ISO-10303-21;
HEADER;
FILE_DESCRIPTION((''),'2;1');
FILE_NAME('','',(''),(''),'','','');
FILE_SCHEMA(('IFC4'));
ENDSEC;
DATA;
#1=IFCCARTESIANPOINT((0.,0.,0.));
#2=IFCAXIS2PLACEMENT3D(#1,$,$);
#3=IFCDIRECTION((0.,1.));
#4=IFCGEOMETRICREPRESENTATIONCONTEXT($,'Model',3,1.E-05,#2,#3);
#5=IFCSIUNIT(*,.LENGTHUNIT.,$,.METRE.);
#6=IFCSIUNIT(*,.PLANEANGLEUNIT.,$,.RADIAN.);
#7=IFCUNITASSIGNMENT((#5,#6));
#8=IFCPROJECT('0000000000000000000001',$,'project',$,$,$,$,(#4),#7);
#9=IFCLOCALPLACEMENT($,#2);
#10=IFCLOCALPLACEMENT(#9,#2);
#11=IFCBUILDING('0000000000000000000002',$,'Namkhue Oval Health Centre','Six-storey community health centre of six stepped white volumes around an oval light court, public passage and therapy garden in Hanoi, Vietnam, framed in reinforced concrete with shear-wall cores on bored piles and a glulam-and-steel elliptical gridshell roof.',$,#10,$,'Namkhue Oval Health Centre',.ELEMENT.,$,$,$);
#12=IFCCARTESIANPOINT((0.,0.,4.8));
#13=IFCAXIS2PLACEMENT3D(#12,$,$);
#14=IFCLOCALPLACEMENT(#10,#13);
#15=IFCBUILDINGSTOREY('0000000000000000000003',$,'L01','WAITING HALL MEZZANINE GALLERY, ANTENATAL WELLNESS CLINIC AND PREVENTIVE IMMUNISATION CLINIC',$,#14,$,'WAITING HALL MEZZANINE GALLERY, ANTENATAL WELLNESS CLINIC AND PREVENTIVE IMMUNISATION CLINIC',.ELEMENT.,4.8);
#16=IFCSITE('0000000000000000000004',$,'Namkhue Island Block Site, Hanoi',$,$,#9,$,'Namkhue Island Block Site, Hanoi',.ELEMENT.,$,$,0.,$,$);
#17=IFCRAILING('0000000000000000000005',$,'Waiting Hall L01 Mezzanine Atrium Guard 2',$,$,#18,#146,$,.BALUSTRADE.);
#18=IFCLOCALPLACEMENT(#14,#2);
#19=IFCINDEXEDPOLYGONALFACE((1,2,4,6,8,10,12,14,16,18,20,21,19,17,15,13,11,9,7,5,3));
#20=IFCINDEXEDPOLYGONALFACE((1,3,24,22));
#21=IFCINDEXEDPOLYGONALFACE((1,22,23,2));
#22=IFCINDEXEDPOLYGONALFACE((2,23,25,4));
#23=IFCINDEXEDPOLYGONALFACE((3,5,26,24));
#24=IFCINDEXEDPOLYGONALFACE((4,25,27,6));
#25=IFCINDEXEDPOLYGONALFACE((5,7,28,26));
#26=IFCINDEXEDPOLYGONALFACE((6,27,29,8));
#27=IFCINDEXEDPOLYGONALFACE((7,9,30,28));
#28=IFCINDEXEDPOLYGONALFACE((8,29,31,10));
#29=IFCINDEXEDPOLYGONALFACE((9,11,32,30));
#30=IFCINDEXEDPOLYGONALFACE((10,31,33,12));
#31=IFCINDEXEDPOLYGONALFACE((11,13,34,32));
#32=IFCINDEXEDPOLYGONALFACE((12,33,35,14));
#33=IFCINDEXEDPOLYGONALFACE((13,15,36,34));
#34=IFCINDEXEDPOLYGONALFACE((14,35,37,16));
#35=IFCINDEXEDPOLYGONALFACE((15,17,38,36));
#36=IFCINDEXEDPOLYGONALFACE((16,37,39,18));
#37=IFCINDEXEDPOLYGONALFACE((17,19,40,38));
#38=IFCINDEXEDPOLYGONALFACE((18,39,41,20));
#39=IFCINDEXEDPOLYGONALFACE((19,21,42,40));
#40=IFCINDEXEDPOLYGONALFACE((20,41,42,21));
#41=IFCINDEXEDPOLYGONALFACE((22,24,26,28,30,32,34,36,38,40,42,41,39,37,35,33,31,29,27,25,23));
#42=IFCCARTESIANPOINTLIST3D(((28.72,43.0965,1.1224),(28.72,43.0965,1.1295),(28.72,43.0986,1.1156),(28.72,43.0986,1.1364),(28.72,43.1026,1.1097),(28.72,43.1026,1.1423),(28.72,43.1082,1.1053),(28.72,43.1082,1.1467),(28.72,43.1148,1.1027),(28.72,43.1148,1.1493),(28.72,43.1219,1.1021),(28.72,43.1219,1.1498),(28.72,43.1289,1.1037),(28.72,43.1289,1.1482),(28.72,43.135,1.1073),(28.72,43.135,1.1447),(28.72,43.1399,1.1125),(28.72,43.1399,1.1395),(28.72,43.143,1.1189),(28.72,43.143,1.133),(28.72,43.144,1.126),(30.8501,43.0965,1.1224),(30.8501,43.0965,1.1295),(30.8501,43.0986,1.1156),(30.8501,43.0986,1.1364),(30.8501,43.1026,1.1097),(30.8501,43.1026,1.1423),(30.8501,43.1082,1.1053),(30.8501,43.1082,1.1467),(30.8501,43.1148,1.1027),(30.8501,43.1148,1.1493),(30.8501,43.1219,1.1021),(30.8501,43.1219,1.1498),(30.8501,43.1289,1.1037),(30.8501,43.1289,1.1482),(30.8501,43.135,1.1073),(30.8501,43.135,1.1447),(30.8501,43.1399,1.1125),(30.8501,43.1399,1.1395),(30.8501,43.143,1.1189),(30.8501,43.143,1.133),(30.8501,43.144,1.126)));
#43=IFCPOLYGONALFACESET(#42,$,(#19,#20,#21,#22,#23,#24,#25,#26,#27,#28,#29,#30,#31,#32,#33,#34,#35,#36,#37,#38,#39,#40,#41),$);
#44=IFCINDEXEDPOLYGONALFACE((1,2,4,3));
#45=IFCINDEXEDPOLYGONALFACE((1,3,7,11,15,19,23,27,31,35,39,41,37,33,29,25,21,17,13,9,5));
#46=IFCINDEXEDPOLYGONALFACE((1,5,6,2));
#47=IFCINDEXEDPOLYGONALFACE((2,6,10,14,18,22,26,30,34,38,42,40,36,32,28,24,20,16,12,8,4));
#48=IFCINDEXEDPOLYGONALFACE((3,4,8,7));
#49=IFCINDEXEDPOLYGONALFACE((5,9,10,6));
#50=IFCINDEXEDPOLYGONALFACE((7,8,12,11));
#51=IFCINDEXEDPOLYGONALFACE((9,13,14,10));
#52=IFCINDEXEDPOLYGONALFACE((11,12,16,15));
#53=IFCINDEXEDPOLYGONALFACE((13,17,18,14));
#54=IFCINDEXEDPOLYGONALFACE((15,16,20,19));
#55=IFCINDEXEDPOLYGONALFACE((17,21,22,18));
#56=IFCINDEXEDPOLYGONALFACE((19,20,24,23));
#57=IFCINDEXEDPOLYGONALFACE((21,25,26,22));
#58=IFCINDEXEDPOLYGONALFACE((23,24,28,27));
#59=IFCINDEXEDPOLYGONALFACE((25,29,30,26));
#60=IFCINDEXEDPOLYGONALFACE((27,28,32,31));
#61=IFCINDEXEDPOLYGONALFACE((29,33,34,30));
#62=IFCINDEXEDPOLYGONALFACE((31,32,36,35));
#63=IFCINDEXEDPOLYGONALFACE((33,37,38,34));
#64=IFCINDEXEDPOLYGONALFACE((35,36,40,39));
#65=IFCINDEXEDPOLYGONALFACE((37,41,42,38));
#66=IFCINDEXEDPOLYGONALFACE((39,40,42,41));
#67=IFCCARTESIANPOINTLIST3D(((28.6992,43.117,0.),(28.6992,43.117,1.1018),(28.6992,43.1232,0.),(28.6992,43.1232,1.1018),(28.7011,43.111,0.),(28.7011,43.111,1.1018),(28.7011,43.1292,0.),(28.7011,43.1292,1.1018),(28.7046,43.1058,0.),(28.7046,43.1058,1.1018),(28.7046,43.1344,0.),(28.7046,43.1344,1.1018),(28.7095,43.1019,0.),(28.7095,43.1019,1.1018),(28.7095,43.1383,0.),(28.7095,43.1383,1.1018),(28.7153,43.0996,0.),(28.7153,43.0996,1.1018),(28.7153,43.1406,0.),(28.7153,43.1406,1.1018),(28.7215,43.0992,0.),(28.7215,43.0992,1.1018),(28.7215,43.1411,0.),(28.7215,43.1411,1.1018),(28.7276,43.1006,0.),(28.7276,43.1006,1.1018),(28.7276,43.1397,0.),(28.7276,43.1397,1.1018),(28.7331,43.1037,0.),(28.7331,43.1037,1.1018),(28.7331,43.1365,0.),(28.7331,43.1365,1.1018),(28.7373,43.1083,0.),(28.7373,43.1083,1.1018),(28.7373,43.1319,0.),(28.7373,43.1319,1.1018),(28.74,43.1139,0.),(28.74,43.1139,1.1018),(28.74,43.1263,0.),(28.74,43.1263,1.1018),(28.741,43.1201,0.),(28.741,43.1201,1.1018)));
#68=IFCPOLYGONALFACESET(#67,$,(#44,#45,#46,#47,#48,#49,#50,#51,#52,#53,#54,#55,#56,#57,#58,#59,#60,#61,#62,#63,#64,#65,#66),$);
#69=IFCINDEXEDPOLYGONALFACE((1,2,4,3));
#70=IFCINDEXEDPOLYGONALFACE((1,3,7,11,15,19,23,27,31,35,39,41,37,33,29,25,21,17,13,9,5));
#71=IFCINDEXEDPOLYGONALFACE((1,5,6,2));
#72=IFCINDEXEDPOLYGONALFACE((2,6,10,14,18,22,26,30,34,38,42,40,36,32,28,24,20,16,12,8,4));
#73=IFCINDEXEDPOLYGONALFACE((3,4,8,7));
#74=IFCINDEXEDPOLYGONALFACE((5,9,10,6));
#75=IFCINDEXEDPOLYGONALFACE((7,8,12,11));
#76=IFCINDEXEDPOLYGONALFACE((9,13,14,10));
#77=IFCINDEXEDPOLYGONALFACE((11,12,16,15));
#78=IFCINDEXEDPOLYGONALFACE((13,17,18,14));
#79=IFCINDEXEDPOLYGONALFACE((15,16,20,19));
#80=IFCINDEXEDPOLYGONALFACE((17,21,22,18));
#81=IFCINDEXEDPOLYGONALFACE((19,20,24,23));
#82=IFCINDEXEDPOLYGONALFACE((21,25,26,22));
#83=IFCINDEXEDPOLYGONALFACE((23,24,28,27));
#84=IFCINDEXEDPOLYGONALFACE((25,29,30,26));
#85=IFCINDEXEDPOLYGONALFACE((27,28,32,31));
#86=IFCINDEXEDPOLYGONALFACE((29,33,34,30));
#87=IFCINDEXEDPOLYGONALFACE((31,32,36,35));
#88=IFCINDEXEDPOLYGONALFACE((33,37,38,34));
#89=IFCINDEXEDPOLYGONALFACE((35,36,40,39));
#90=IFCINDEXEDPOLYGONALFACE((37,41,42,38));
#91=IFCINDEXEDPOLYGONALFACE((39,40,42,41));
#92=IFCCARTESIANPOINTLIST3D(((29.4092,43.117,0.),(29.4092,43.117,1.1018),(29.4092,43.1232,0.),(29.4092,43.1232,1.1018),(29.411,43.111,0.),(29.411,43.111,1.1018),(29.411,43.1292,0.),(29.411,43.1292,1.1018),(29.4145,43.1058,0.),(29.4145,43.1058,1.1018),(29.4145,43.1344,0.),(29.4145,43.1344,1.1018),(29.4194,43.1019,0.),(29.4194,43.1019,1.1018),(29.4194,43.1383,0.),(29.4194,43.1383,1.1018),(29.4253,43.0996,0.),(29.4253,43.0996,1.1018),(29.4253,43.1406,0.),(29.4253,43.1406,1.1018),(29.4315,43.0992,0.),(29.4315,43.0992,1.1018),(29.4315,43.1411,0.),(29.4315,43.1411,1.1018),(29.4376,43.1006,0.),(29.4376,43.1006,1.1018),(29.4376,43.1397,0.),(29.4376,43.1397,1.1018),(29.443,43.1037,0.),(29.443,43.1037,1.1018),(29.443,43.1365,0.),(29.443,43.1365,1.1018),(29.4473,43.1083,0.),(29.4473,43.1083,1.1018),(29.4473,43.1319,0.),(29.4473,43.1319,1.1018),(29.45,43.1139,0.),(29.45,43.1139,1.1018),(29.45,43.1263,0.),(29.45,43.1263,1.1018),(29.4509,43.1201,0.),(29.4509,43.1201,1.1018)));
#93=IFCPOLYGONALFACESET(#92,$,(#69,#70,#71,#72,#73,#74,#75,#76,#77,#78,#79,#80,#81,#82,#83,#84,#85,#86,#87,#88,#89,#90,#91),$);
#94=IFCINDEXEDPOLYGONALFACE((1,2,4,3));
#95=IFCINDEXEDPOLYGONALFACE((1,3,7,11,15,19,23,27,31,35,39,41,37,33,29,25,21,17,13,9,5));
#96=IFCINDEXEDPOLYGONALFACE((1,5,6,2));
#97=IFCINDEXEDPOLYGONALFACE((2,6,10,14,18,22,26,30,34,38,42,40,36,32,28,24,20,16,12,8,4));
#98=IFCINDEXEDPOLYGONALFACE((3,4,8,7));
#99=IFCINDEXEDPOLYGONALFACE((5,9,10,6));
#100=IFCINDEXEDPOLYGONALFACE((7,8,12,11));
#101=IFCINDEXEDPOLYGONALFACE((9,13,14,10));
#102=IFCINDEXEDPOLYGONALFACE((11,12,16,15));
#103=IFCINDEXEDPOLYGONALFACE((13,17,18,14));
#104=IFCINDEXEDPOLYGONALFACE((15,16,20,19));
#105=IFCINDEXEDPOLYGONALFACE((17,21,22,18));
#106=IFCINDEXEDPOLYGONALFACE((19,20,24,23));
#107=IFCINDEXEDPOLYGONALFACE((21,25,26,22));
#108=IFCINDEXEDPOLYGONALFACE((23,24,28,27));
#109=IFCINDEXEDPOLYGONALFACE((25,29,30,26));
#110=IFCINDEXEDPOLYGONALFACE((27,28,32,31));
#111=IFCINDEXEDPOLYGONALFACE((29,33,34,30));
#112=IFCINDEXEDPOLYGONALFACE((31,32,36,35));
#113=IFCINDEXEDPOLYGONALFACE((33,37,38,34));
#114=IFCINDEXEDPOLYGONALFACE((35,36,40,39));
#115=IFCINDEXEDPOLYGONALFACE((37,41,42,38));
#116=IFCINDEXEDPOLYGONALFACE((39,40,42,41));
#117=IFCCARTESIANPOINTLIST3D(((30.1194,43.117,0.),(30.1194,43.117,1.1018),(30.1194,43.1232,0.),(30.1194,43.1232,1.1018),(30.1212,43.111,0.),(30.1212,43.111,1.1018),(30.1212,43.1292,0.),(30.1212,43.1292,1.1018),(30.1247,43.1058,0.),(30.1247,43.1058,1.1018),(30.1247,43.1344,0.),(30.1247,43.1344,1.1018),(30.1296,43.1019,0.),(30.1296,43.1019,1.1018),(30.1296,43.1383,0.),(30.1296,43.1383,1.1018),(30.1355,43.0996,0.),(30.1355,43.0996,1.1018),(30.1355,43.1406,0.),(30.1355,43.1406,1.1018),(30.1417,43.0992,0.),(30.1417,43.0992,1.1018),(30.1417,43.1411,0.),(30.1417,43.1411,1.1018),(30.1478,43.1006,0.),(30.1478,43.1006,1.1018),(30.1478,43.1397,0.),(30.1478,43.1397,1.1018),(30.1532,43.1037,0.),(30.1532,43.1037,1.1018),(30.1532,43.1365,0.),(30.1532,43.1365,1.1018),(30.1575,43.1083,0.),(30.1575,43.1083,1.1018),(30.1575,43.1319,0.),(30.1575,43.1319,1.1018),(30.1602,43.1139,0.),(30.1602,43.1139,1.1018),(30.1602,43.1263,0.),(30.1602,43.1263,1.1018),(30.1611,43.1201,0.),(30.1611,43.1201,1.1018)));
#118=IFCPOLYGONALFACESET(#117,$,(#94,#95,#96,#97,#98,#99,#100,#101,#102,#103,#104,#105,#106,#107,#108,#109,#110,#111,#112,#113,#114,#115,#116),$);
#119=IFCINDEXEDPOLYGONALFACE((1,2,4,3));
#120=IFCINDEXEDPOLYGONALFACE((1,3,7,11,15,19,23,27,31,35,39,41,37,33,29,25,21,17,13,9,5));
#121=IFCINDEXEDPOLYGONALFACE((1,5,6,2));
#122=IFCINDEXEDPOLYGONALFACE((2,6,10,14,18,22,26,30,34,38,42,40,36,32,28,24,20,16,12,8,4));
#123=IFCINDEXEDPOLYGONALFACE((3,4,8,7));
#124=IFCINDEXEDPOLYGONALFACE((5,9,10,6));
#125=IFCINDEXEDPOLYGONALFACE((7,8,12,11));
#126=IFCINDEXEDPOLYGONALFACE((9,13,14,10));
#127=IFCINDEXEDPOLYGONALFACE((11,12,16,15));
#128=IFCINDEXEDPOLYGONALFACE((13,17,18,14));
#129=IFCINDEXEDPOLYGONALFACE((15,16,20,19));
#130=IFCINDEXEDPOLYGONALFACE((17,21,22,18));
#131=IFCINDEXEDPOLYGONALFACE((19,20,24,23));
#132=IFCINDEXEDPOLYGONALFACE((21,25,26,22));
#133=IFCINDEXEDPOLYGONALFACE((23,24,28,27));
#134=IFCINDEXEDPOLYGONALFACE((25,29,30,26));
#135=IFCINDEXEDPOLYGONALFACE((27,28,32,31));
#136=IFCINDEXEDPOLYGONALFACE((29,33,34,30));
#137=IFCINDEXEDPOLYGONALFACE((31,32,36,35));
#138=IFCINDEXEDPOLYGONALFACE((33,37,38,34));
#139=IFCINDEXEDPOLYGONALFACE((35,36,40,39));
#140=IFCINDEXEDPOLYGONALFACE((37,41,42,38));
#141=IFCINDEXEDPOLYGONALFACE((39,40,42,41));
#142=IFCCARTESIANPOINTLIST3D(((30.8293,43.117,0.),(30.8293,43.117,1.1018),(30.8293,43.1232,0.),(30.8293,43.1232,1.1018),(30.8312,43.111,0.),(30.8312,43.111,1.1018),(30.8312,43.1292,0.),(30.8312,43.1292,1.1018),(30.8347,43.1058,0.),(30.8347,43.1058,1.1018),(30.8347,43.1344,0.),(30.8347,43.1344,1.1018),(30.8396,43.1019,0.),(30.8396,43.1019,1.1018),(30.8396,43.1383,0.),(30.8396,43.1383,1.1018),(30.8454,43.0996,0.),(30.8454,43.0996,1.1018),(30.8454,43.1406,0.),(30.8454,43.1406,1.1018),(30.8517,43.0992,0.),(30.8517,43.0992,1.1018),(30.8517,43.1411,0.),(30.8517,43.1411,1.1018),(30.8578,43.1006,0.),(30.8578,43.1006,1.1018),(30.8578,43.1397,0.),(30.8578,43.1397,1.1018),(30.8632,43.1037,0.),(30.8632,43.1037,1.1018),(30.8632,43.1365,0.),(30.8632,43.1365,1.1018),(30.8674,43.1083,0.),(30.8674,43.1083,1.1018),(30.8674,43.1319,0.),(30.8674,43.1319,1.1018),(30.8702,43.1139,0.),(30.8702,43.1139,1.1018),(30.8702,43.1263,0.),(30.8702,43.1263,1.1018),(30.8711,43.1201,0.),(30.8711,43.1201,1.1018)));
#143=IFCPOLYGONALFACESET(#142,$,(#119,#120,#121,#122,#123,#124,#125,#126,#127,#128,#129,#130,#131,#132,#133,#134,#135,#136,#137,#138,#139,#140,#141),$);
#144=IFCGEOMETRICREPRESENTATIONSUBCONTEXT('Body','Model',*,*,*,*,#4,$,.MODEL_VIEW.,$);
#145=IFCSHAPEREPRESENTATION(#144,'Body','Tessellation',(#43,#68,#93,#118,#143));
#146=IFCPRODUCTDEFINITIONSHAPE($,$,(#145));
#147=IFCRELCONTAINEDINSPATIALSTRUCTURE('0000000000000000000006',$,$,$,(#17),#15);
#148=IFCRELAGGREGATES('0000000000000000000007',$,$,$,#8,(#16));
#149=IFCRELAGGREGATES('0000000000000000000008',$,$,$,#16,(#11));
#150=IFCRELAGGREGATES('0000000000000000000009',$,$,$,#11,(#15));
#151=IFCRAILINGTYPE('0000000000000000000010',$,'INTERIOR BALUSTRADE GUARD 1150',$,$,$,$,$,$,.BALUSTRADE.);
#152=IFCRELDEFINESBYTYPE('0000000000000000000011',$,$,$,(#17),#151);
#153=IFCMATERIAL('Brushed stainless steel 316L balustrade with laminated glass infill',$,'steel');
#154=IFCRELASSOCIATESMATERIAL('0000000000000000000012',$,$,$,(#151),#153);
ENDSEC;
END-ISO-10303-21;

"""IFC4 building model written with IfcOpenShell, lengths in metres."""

from ifc_helpers import new_model, si_unit, direction, frame, origin, origin_2d, place, context, subcontext, project, spatial, circle, extrude, material, type_object, element, save


model = new_model("IFC4")

# Units and contexts
model_context = context("Model", 3, precision=1e-05, world=origin(), true_north=direction((0.0, 1.0)))
body_context = subcontext(model_context, "Body", "Model", "MODEL_VIEW")
ifc_project = project(units=[si_unit("LENGTHUNIT", "METRE"), si_unit("PLANEANGLEUNIT", "RADIAN")], contexts=[model_context])

# Site, building, storey
site_placement = place(None, origin())
site = spatial("IfcSite", under=ifc_project, at=site_placement, Name="Namkhue Island Block Site, Hanoi", LongName="Namkhue Island Block Site, Hanoi", CompositionType="ELEMENT", RefElevation=0.0)
building_placement = place(site_placement, origin())
building = spatial("IfcBuilding", under=site, at=building_placement, Name="Namkhue Oval Health Centre", Description="Six-storey community health centre of six stepped white volumes around an oval light court, public passage and therapy garden in Hanoi, Vietnam, framed in reinforced concrete with shear-wall cores on bored piles and a glulam-and-steel elliptical gridshell roof.", LongName="Namkhue Oval Health Centre", CompositionType="ELEMENT")
storey_placement = place(building_placement, frame((0.0, 0.0, 4.8)))
storey = spatial("IfcBuildingStorey", under=building, at=storey_placement, Name="L01", Description="WAITING HALL MEZZANINE GALLERY, ANTENATAL WELLNESS CLINIC AND PREVENTIVE IMMUNISATION CLINIC", LongName="WAITING HALL MEZZANINE GALLERY, ANTENATAL WELLNESS CLINIC AND PREVENTIVE IMMUNISATION CLINIC", CompositionType="ELEMENT", Elevation=4.8)

# Railing
ifc_material_1 = material(Name="Brushed stainless steel 316L balustrade with laminated glass infill", Category="steel")
railing_type = type_object("IfcRailingType", Name="INTERIOR BALUSTRADE GUARD 1150", PredefinedType="BALUSTRADE", material=ifc_material_1)
railing_1_placement = place(storey_placement, frame((28.72, 43.1201, 0.0)))
element("IfcRailing", 1, at=railing_1_placement, inside=storey, type_object=railing_type, Name="Waiting Hall L01 Mezzanine Atrium Guard 2", PredefinedType="BALUSTRADE", context=body_context, shape_type="SweptSolid", body=[
    extrude(circle(Radius=0.0239, at=origin_2d()), frame((0.0, 0.0, 1.126), z_axis=(1.0, 0.0, 0.0), x_axis=(0.0, 1.0, 0.0)), (0.0, 0.0, 1.0), 2.1301),
    extrude(circle(Radius=0.021, at=origin_2d()), origin(), (0.0, 0.0, 1.0), 1.1018),
    extrude(circle(Radius=0.021, at=origin_2d()), frame((0.71, 0.0, 0.0)), (0.0, 0.0, 1.0), 1.1018),
    extrude(circle(Radius=0.021, at=origin_2d()), frame((1.4202, 0.0, 0.0)), (0.0, 0.0, 1.0), 1.1018),
    extrude(circle(Radius=0.021, at=origin_2d()), frame((2.1301, 0.0, 0.0)), (0.0, 0.0, 1.0), 1.1018),
])

save(model, "model.ifc")
